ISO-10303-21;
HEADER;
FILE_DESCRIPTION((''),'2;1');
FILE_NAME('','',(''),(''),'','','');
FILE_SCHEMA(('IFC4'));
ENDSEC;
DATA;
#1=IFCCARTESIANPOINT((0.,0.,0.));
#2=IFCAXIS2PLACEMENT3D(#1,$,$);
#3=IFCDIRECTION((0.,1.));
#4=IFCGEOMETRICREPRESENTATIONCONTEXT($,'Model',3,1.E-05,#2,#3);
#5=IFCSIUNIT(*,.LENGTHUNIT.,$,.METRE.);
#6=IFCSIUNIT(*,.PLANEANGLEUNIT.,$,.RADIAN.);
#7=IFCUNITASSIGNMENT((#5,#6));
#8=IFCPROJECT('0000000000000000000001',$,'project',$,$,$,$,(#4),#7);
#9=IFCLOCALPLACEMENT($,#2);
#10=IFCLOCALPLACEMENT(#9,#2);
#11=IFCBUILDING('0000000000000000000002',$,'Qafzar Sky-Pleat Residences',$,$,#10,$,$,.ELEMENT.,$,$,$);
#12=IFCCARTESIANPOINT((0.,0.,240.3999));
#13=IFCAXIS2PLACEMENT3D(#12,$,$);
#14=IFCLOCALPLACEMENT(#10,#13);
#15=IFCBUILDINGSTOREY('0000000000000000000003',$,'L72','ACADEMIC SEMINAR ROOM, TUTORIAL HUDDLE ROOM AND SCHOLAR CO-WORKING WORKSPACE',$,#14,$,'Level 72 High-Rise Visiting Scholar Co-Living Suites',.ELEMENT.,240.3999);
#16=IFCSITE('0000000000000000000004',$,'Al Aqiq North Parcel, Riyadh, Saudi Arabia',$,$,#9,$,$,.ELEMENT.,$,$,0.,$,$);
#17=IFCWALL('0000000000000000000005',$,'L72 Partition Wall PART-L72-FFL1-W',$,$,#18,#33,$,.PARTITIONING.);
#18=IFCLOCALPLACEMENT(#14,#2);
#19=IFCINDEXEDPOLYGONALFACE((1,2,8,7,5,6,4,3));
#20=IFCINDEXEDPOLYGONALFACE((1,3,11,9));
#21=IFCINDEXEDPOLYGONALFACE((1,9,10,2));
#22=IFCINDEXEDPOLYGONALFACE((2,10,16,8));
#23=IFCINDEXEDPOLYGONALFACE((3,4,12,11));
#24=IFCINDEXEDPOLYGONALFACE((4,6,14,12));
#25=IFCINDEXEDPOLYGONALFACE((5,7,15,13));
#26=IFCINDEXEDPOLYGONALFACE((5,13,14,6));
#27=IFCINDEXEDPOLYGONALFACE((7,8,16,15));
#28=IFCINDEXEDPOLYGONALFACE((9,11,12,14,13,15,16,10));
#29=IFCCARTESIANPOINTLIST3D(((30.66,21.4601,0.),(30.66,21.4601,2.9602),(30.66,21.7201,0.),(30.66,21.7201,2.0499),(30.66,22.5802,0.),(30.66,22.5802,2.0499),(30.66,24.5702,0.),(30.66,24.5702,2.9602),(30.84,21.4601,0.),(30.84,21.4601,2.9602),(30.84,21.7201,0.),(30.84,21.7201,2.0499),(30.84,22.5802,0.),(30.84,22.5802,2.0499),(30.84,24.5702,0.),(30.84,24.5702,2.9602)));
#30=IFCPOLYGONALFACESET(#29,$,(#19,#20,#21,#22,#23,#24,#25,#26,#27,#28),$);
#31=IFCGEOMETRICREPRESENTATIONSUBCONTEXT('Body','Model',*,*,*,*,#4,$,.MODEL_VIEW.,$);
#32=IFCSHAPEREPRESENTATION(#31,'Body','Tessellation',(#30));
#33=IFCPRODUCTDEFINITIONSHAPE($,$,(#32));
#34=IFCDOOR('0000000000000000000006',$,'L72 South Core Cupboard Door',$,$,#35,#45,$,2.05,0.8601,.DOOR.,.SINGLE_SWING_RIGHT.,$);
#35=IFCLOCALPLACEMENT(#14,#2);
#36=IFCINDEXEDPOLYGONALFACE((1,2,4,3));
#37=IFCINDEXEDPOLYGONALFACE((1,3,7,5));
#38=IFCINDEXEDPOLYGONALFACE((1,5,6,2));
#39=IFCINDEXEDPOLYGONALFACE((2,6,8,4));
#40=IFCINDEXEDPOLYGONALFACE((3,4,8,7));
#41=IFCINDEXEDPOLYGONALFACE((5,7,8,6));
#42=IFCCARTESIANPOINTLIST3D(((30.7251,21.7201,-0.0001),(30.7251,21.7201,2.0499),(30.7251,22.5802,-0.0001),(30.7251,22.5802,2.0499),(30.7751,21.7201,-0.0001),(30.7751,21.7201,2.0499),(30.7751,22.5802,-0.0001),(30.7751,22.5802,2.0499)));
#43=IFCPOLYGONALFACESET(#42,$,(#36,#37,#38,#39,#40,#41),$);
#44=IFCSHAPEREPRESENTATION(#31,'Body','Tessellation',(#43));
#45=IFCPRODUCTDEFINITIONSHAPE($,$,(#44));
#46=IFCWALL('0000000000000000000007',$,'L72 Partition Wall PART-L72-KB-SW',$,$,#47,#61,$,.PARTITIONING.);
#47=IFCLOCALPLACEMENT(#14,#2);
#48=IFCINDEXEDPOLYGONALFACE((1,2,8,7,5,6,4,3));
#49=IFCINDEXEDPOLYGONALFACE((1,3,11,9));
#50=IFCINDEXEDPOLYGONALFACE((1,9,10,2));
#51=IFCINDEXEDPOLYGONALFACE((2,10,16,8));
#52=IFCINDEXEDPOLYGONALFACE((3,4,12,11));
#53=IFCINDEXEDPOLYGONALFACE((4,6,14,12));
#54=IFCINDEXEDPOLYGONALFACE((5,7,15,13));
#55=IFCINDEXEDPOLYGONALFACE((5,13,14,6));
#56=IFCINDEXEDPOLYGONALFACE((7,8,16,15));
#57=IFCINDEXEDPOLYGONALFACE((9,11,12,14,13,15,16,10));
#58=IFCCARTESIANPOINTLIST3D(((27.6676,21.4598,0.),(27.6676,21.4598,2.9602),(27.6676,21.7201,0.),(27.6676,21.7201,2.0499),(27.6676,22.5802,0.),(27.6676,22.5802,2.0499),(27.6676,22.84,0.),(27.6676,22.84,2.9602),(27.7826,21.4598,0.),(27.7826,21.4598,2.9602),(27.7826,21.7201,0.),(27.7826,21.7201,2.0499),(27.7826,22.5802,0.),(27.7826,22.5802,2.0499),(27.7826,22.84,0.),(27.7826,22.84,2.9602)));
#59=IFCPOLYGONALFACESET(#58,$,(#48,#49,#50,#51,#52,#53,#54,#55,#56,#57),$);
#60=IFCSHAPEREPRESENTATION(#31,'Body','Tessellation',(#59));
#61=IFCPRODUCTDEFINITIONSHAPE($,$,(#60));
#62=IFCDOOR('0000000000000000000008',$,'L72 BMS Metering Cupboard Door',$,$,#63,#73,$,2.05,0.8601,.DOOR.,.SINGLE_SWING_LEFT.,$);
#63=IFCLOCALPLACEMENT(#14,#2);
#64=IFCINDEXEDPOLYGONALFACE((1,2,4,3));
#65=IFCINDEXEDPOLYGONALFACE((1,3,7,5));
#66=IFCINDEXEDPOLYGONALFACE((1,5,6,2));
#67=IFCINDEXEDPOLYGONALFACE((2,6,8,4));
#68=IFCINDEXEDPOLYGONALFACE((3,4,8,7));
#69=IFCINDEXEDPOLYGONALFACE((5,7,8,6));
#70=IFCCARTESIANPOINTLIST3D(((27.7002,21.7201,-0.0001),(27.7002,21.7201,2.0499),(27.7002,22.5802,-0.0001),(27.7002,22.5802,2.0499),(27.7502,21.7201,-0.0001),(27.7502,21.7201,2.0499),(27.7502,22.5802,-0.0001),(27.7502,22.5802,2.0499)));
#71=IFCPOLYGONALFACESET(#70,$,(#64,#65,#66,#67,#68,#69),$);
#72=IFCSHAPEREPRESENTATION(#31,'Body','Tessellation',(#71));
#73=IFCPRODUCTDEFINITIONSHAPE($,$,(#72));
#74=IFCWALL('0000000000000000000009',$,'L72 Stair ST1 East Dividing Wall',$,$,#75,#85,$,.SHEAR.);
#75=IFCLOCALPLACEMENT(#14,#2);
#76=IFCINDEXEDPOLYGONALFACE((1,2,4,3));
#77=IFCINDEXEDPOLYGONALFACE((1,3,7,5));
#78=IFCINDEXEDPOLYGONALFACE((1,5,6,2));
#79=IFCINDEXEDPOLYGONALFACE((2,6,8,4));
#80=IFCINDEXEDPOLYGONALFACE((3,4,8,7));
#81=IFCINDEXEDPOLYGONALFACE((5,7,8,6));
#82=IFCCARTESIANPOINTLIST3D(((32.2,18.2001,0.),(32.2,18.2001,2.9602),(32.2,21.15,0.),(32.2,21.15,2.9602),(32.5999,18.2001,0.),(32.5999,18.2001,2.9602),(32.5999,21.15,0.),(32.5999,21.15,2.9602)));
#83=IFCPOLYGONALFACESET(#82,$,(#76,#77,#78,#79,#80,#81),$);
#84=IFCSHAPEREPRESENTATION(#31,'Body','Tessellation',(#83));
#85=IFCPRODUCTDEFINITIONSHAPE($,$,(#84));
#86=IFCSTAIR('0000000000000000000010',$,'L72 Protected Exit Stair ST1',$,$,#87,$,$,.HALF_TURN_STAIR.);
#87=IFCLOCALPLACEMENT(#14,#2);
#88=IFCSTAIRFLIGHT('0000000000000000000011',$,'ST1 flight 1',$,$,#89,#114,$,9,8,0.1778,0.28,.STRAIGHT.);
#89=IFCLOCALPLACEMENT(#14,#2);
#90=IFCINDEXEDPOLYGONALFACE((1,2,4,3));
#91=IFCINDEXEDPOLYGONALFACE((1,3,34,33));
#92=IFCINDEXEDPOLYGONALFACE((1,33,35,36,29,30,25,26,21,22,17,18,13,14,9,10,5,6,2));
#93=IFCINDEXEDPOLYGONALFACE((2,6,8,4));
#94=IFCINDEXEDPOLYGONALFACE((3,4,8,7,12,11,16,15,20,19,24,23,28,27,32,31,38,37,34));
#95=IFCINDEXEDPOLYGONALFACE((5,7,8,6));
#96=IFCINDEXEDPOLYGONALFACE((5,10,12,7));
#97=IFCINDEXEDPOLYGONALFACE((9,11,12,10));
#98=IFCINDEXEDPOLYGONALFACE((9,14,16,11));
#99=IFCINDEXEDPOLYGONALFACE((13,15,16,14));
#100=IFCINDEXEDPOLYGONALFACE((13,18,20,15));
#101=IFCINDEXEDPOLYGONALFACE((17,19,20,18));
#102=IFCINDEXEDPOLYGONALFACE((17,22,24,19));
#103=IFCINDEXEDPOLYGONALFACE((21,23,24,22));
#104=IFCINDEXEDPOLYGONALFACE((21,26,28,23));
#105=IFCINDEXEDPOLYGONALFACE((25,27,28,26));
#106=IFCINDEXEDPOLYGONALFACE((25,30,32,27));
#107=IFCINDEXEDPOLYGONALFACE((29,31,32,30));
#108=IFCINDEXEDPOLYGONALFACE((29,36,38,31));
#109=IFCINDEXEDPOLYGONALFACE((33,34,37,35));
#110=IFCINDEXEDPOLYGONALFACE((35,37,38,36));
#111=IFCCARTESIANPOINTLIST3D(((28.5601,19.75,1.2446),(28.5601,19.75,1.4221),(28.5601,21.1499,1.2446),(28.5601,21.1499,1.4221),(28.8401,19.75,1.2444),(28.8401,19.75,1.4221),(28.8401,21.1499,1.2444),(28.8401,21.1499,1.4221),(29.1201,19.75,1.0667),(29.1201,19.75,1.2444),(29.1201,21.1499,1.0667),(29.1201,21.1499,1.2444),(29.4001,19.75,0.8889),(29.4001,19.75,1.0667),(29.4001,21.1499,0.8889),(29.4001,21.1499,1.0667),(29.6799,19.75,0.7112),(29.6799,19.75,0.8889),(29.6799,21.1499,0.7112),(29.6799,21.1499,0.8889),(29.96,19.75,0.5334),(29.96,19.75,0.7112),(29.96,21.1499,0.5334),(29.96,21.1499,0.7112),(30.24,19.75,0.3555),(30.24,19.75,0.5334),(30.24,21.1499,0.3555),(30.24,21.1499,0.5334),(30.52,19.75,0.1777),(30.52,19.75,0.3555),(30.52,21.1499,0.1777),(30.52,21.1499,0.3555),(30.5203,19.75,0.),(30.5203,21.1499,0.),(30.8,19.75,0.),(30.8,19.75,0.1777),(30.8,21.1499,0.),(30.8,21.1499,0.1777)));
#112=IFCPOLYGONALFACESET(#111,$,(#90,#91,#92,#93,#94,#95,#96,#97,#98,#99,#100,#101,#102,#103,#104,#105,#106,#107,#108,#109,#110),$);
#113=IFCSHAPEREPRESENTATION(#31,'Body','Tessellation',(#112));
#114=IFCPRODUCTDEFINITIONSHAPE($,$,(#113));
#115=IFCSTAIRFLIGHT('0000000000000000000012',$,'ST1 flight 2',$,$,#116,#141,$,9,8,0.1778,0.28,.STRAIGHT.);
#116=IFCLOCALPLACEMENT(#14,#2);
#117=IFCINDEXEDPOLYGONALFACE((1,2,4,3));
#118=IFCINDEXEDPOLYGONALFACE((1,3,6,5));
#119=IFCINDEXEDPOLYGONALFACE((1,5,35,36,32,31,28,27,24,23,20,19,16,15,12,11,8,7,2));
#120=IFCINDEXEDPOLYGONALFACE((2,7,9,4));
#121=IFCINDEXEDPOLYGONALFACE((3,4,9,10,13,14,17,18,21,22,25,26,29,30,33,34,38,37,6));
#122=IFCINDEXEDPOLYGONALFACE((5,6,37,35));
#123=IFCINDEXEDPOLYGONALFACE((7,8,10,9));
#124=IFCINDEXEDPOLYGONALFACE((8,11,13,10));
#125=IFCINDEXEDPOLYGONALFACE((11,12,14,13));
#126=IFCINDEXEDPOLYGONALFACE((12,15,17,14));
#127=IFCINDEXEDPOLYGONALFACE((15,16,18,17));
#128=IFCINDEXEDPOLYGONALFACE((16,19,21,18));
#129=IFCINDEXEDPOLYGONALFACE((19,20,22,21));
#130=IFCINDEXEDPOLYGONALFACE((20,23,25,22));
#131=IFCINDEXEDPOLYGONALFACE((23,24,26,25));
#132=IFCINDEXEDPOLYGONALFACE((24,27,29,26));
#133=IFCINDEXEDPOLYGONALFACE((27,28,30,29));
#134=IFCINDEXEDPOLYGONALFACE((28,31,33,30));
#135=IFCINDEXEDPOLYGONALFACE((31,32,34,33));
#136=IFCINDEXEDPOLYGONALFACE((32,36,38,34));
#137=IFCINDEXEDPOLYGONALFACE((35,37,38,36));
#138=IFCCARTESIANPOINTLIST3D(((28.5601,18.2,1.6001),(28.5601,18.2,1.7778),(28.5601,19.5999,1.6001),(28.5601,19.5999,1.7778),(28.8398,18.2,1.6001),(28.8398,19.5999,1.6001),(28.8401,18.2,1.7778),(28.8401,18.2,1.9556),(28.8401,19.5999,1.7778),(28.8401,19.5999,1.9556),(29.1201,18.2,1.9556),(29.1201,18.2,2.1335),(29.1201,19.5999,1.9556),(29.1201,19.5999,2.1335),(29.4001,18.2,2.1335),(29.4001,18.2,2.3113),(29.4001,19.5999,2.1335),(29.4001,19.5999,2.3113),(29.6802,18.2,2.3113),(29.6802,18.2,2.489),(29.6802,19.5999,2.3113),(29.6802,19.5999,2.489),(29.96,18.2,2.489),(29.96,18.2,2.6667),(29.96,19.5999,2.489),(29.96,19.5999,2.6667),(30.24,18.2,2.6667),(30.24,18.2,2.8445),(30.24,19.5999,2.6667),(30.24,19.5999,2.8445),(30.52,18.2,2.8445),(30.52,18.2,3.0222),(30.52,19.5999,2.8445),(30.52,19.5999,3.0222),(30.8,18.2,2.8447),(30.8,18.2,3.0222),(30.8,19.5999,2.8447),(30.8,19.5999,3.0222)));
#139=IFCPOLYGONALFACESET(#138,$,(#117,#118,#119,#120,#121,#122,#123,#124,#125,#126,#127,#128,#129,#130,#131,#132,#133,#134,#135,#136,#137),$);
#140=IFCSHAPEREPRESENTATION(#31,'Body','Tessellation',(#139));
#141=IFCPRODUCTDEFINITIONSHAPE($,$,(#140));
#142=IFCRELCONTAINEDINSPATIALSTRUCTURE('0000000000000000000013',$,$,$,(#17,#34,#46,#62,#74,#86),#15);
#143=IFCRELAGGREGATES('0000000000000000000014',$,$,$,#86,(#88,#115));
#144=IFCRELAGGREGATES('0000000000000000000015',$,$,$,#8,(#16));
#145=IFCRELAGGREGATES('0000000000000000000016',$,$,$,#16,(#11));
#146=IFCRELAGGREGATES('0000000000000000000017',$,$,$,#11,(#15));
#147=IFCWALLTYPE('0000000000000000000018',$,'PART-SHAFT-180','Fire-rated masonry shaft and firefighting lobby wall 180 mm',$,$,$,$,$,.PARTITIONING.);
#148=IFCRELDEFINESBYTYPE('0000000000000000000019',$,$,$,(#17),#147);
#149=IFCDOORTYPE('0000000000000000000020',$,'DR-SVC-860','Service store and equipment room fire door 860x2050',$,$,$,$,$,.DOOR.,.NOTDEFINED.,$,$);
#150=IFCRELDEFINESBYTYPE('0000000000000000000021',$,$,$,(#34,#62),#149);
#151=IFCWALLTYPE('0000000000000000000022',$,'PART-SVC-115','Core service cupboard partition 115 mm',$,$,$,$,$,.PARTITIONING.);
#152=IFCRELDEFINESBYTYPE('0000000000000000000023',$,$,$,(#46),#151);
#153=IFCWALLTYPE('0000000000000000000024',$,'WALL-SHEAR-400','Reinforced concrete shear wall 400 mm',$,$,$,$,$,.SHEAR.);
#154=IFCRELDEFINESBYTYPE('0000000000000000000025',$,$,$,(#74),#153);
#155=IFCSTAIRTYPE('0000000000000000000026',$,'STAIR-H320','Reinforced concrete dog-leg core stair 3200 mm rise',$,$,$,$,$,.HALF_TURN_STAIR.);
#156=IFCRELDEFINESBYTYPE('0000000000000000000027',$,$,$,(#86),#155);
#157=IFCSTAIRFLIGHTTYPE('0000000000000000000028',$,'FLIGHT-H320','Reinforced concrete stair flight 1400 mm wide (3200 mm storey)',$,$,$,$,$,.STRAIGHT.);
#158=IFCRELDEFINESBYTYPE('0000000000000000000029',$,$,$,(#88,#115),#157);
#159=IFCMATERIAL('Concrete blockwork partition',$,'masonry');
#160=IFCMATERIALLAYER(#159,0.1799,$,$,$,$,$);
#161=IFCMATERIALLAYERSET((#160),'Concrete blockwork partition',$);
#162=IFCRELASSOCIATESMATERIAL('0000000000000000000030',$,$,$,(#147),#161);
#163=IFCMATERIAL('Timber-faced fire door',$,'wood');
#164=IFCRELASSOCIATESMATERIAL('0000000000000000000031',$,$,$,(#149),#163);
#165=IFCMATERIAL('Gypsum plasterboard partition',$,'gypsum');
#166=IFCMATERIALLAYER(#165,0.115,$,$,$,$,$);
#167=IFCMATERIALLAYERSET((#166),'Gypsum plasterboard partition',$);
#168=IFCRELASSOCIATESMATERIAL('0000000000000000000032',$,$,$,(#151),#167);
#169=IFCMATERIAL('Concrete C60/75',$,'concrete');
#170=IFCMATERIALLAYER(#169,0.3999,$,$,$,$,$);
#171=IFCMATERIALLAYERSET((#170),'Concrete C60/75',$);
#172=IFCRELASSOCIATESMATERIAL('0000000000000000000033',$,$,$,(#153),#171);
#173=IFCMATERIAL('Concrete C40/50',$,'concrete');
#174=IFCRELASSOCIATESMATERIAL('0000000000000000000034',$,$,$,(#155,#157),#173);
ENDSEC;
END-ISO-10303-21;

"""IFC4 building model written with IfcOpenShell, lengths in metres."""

from ifc_helpers import new_model, si_unit, direction, frame, frame_2d, origin, place, context, subcontext, project, spatial, polyline, rectangle, outline, extrude, source, transform, mapped, material, layer, layer_set, type_object, element, fill, aggregate, save


model = new_model("IFC4")

# Units and contexts
model_context = context("Model", 3, precision=1e-05, world=origin(), true_north=direction((0.0, 1.0)))
body_context = subcontext(model_context, "Body", "Model", "MODEL_VIEW")
ifc_project = project(units=[si_unit("LENGTHUNIT", "METRE"), si_unit("PLANEANGLEUNIT", "RADIAN")], contexts=[model_context])

# Site, building, storey
site_placement = place(None, origin())
site = spatial("IfcSite", under=ifc_project, at=site_placement, Name="Al Aqiq North Parcel, Riyadh, Saudi Arabia", CompositionType="ELEMENT", RefElevation=0.0)
building_placement = place(site_placement, origin())
building = spatial("IfcBuilding", under=site, at=building_placement, Name="Qafzar Sky-Pleat Residences", CompositionType="ELEMENT")
storey_placement = place(building_placement, frame((0.0, 0.0, 240.3999)))
storey = spatial("IfcBuildingStorey", under=building, at=storey_placement, Name="L72", Description="ACADEMIC SEMINAR ROOM, TUTORIAL HUDDLE ROOM AND SCHOLAR CO-WORKING WORKSPACE", LongName="Level 72 High-Rise Visiting Scholar Co-Living Suites", CompositionType="ELEMENT", Elevation=240.3999)

# Walls, openings, doors
ifc_material_1 = material(Name="Concrete blockwork partition", Category="masonry")
ifc_layer_1 = layer(ifc_material_1, 0.1799)
ifc_layer_set_1 = layer_set([ifc_layer_1], Name="Concrete blockwork partition")
wall_type_1 = type_object("IfcWallType", Name="PART-SHAFT-180", Description="Fire-rated masonry shaft and firefighting lobby wall 180 mm", PredefinedType="PARTITIONING", material=ifc_layer_set_1)
wall_1_placement = place(storey_placement, frame((30.75, 21.46, 0.0), z_axis=(0.0, 0.0, 1.0), x_axis=(0.0, 1.0, 0.0)))
wall_1 = element("IfcWall", 1, at=wall_1_placement, inside=storey, type_object=wall_type_1, Name="L72 Partition Wall PART-L72-FFL1-W", PredefinedType="PARTITIONING", context=body_context, shape_type="SweptSolid", body=[
    extrude(rectangle(XDim=3.1101, YDim=0.1799, at=frame_2d((1.5552, 0.0))), origin(), (0.0, 0.0, 1.0), 2.9602),
])
opening_1_placement = place(wall_1_placement, frame((0.26, 0.0, 0.0)))
opening_1 = element("IfcOpeningElement", 2, at=opening_1_placement, cuts=wall_1, PredefinedType="OPENING", context=body_context, shape_type="SweptSolid", body=[
    extrude(rectangle(XDim=0.8601, YDim=2.05, at=frame_2d((0.4302, 1.0249))), frame((0.0, 0.1001, 0.0), z_axis=(0.0, -1.0, 0.0), x_axis=(1.0, 0.0, 0.0)), (0.0, 0.0, 1.0), 0.2),
])
ifc_material_2 = material(Name="Timber-faced fire door", Category="wood")
door_type_1 = type_object("IfcDoorType", Name="DR-SVC-860", Description="Service store and equipment room fire door 860x2050", OperationType="NOTDEFINED", PredefinedType="DOOR", material=ifc_material_2)
shared_shape_1 = source(origin(), body_context, "Body", "SweptSolid", [
    extrude(rectangle(XDim=0.8601, YDim=2.05, at=frame_2d((0.4302, 1.0249))), frame((0.0, 0.0249, 0.0), z_axis=(0.0, -1.0, 0.0), x_axis=(1.0, 0.0, 0.0)), (0.0, 0.0, 1.0), 0.05),
])
door_1_placement = place(opening_1_placement, origin())
door_1 = element("IfcDoor", 3, at=door_1_placement, inside=storey, type_object=door_type_1, Name="L72 South Core Cupboard Door", OperationType="SINGLE_SWING_RIGHT", OverallHeight=2.05, OverallWidth=0.8601, PredefinedType="DOOR", context=body_context, shape_type="MappedRepresentation", body=[
    mapped(shared_shape_1, transform((0.0, 0.0, 0.0), x_axis=(1.0, 0.0, 0.0), y_axis=(0.0, 1.0, 0.0), z_axis=(0.0, 0.0, 1.0), scale=1.0)),
])
fill(opening_1, door_1)
ifc_material_3 = material(Name="Gypsum plasterboard partition", Category="gypsum")
ifc_layer_2 = layer(ifc_material_3, 0.115)
ifc_layer_set_2 = layer_set([ifc_layer_2], Name="Gypsum plasterboard partition")
wall_type_2 = type_object("IfcWallType", Name="PART-SVC-115", Description="Core service cupboard partition 115 mm", PredefinedType="PARTITIONING", material=ifc_layer_set_2)
wall_2_placement = place(storey_placement, frame((27.7251, 21.46, 0.0), z_axis=(0.0, 0.0, 1.0), x_axis=(0.0, 1.0, 0.0)))
wall_2 = element("IfcWall", 4, at=wall_2_placement, inside=storey, type_object=wall_type_2, Name="L72 Partition Wall PART-L72-KB-SW", PredefinedType="PARTITIONING", context=body_context, shape_type="SweptSolid", body=[
    extrude(rectangle(XDim=1.3801, YDim=0.115, at=frame_2d((0.6899, 0.0))), origin(), (0.0, 0.0, 1.0), 2.9602),
])
opening_2_placement = place(wall_2_placement, frame((0.26, 0.0, 0.0)))
opening_2 = element("IfcOpeningElement", 5, at=opening_2_placement, cuts=wall_2, PredefinedType="OPENING", context=body_context, shape_type="SweptSolid", body=[
    extrude(rectangle(XDim=0.8601, YDim=2.05, at=frame_2d((0.4302, 1.0249))), frame((0.0, 0.0674, 0.0), z_axis=(0.0, -1.0, 0.0), x_axis=(1.0, 0.0, 0.0)), (0.0, 0.0, 1.0), 0.135),
])
door_2_placement = place(opening_2_placement, origin())
door_2 = element("IfcDoor", 6, at=door_2_placement, inside=storey, type_object=door_type_1, Name="L72 BMS Metering Cupboard Door", OperationType="SINGLE_SWING_LEFT", OverallHeight=2.05, OverallWidth=0.8601, PredefinedType="DOOR", context=body_context, shape_type="MappedRepresentation", body=[
    mapped(shared_shape_1, transform((0.0, 0.0, 0.0), x_axis=(1.0, 0.0, 0.0), y_axis=(0.0, 1.0, 0.0), z_axis=(0.0, 0.0, 1.0), scale=1.0)),
])
fill(opening_2, door_2)

# Wall
ifc_material_4 = material(Name="Concrete C60/75", Category="concrete")
ifc_layer_3 = layer(ifc_material_4, 0.3999)
ifc_layer_set_3 = layer_set([ifc_layer_3], Name="Concrete C60/75")
wall_type_3 = type_object("IfcWallType", Name="WALL-SHEAR-400", Description="Reinforced concrete shear wall 400 mm", PredefinedType="SHEAR", material=ifc_layer_set_3)
wall_3_placement = place(storey_placement, frame((32.3999, 18.2, 0.0), z_axis=(0.0, 0.0, 1.0), x_axis=(0.0, 1.0, 0.0)))
element("IfcWall", 7, at=wall_3_placement, inside=storey, type_object=wall_type_3, Name="L72 Stair ST1 East Dividing Wall", PredefinedType="SHEAR", context=body_context, shape_type="SweptSolid", body=[
    extrude(rectangle(XDim=2.95, YDim=0.3999, at=frame_2d((1.4751, 0.0))), origin(), (0.0, 0.0, 1.0), 2.9602),
])

# Stair, stair flights
ifc_material_5 = material(Name="Concrete C40/50", Category="concrete")
stair_type = type_object("IfcStairType", Name="STAIR-H320", Description="Reinforced concrete dog-leg core stair 3200 mm rise", PredefinedType="HALF_TURN_STAIR", material=ifc_material_5)
stair_placement = place(storey_placement, origin())
stair = element("IfcStair", 8, at=stair_placement, inside=storey, type_object=stair_type, Name="L72 Protected Exit Stair ST1", PredefinedType="HALF_TURN_STAIR")
stair_flight_type = type_object("IfcStairFlightType", Name="FLIGHT-H320", Description="Reinforced concrete stair flight 1400 mm wide (3200 mm storey)", PredefinedType="STRAIGHT", material=ifc_material_5)
shared_shape_2 = source(origin(), body_context, "Body", "SweptSolid", [
    extrude(outline(polyline([(0.0, 0.0), (0.0, 0.1777), (0.28, 0.1777), (0.28, 0.3555), (0.5601, 0.3555), (0.5601, 0.5334), (0.8401, 0.5334), (0.8401, 0.7112), (1.1201, 0.7112), (1.1201, 0.8889), (1.3999, 0.8889), (1.3999, 1.0667), (1.6799, 1.0667), (1.6799, 1.2444), (1.96, 1.2444), (1.96, 1.4221), (2.24, 1.4221), (2.24, 1.6001), (2.24, 1.2446), (0.2798, 0.0), (0.0, 0.0)])), frame((0.0, 0.7, 0.0), z_axis=(0.0, -1.0, 0.0), x_axis=(1.0, 0.0, 0.0)), (0.0, 0.0, 1.0), 1.3999),
])
stair_flight_1_placement = place(storey_placement, frame((30.8, 20.45, 0.0), z_axis=(0.0, 0.0, 1.0), x_axis=(-1.0, 0.0, 0.0)))
stair_flight_1 = element("IfcStairFlight", 9, at=stair_flight_1_placement, type_object=stair_flight_type, Name="ST1 flight 1", NumberOfRisers=9, NumberOfTreads=8, PredefinedType="STRAIGHT", RiserHeight=0.1778, TreadLength=0.28, context=body_context, shape_type="MappedRepresentation", body=[
    mapped(shared_shape_2, transform((0.0, 0.0, 0.0), x_axis=(1.0, 0.0, 0.0), y_axis=(0.0, 1.0, 0.0), z_axis=(0.0, 0.0, 1.0), scale=1.0)),
])
stair_flight_2_placement = place(storey_placement, frame((28.5601, 18.8999, 1.6001), z_axis=(0.0, 0.0, 1.0), x_axis=(1.0, 0.0, 0.0)))
stair_flight_2 = element("IfcStairFlight", 10, at=stair_flight_2_placement, type_object=stair_flight_type, Name="ST1 flight 2", NumberOfRisers=9, NumberOfTreads=8, PredefinedType="STRAIGHT", RiserHeight=0.1778, TreadLength=0.28, context=body_context, shape_type="MappedRepresentation", body=[
    mapped(shared_shape_2, transform((0.0, 0.0, 0.0), x_axis=(1.0, 0.0, 0.0), y_axis=(0.0, 1.0, 0.0), z_axis=(0.0, 0.0, 1.0), scale=1.0)),
])
aggregate(stair, [stair_flight_1, stair_flight_2])

save(model, "model.ifc")
